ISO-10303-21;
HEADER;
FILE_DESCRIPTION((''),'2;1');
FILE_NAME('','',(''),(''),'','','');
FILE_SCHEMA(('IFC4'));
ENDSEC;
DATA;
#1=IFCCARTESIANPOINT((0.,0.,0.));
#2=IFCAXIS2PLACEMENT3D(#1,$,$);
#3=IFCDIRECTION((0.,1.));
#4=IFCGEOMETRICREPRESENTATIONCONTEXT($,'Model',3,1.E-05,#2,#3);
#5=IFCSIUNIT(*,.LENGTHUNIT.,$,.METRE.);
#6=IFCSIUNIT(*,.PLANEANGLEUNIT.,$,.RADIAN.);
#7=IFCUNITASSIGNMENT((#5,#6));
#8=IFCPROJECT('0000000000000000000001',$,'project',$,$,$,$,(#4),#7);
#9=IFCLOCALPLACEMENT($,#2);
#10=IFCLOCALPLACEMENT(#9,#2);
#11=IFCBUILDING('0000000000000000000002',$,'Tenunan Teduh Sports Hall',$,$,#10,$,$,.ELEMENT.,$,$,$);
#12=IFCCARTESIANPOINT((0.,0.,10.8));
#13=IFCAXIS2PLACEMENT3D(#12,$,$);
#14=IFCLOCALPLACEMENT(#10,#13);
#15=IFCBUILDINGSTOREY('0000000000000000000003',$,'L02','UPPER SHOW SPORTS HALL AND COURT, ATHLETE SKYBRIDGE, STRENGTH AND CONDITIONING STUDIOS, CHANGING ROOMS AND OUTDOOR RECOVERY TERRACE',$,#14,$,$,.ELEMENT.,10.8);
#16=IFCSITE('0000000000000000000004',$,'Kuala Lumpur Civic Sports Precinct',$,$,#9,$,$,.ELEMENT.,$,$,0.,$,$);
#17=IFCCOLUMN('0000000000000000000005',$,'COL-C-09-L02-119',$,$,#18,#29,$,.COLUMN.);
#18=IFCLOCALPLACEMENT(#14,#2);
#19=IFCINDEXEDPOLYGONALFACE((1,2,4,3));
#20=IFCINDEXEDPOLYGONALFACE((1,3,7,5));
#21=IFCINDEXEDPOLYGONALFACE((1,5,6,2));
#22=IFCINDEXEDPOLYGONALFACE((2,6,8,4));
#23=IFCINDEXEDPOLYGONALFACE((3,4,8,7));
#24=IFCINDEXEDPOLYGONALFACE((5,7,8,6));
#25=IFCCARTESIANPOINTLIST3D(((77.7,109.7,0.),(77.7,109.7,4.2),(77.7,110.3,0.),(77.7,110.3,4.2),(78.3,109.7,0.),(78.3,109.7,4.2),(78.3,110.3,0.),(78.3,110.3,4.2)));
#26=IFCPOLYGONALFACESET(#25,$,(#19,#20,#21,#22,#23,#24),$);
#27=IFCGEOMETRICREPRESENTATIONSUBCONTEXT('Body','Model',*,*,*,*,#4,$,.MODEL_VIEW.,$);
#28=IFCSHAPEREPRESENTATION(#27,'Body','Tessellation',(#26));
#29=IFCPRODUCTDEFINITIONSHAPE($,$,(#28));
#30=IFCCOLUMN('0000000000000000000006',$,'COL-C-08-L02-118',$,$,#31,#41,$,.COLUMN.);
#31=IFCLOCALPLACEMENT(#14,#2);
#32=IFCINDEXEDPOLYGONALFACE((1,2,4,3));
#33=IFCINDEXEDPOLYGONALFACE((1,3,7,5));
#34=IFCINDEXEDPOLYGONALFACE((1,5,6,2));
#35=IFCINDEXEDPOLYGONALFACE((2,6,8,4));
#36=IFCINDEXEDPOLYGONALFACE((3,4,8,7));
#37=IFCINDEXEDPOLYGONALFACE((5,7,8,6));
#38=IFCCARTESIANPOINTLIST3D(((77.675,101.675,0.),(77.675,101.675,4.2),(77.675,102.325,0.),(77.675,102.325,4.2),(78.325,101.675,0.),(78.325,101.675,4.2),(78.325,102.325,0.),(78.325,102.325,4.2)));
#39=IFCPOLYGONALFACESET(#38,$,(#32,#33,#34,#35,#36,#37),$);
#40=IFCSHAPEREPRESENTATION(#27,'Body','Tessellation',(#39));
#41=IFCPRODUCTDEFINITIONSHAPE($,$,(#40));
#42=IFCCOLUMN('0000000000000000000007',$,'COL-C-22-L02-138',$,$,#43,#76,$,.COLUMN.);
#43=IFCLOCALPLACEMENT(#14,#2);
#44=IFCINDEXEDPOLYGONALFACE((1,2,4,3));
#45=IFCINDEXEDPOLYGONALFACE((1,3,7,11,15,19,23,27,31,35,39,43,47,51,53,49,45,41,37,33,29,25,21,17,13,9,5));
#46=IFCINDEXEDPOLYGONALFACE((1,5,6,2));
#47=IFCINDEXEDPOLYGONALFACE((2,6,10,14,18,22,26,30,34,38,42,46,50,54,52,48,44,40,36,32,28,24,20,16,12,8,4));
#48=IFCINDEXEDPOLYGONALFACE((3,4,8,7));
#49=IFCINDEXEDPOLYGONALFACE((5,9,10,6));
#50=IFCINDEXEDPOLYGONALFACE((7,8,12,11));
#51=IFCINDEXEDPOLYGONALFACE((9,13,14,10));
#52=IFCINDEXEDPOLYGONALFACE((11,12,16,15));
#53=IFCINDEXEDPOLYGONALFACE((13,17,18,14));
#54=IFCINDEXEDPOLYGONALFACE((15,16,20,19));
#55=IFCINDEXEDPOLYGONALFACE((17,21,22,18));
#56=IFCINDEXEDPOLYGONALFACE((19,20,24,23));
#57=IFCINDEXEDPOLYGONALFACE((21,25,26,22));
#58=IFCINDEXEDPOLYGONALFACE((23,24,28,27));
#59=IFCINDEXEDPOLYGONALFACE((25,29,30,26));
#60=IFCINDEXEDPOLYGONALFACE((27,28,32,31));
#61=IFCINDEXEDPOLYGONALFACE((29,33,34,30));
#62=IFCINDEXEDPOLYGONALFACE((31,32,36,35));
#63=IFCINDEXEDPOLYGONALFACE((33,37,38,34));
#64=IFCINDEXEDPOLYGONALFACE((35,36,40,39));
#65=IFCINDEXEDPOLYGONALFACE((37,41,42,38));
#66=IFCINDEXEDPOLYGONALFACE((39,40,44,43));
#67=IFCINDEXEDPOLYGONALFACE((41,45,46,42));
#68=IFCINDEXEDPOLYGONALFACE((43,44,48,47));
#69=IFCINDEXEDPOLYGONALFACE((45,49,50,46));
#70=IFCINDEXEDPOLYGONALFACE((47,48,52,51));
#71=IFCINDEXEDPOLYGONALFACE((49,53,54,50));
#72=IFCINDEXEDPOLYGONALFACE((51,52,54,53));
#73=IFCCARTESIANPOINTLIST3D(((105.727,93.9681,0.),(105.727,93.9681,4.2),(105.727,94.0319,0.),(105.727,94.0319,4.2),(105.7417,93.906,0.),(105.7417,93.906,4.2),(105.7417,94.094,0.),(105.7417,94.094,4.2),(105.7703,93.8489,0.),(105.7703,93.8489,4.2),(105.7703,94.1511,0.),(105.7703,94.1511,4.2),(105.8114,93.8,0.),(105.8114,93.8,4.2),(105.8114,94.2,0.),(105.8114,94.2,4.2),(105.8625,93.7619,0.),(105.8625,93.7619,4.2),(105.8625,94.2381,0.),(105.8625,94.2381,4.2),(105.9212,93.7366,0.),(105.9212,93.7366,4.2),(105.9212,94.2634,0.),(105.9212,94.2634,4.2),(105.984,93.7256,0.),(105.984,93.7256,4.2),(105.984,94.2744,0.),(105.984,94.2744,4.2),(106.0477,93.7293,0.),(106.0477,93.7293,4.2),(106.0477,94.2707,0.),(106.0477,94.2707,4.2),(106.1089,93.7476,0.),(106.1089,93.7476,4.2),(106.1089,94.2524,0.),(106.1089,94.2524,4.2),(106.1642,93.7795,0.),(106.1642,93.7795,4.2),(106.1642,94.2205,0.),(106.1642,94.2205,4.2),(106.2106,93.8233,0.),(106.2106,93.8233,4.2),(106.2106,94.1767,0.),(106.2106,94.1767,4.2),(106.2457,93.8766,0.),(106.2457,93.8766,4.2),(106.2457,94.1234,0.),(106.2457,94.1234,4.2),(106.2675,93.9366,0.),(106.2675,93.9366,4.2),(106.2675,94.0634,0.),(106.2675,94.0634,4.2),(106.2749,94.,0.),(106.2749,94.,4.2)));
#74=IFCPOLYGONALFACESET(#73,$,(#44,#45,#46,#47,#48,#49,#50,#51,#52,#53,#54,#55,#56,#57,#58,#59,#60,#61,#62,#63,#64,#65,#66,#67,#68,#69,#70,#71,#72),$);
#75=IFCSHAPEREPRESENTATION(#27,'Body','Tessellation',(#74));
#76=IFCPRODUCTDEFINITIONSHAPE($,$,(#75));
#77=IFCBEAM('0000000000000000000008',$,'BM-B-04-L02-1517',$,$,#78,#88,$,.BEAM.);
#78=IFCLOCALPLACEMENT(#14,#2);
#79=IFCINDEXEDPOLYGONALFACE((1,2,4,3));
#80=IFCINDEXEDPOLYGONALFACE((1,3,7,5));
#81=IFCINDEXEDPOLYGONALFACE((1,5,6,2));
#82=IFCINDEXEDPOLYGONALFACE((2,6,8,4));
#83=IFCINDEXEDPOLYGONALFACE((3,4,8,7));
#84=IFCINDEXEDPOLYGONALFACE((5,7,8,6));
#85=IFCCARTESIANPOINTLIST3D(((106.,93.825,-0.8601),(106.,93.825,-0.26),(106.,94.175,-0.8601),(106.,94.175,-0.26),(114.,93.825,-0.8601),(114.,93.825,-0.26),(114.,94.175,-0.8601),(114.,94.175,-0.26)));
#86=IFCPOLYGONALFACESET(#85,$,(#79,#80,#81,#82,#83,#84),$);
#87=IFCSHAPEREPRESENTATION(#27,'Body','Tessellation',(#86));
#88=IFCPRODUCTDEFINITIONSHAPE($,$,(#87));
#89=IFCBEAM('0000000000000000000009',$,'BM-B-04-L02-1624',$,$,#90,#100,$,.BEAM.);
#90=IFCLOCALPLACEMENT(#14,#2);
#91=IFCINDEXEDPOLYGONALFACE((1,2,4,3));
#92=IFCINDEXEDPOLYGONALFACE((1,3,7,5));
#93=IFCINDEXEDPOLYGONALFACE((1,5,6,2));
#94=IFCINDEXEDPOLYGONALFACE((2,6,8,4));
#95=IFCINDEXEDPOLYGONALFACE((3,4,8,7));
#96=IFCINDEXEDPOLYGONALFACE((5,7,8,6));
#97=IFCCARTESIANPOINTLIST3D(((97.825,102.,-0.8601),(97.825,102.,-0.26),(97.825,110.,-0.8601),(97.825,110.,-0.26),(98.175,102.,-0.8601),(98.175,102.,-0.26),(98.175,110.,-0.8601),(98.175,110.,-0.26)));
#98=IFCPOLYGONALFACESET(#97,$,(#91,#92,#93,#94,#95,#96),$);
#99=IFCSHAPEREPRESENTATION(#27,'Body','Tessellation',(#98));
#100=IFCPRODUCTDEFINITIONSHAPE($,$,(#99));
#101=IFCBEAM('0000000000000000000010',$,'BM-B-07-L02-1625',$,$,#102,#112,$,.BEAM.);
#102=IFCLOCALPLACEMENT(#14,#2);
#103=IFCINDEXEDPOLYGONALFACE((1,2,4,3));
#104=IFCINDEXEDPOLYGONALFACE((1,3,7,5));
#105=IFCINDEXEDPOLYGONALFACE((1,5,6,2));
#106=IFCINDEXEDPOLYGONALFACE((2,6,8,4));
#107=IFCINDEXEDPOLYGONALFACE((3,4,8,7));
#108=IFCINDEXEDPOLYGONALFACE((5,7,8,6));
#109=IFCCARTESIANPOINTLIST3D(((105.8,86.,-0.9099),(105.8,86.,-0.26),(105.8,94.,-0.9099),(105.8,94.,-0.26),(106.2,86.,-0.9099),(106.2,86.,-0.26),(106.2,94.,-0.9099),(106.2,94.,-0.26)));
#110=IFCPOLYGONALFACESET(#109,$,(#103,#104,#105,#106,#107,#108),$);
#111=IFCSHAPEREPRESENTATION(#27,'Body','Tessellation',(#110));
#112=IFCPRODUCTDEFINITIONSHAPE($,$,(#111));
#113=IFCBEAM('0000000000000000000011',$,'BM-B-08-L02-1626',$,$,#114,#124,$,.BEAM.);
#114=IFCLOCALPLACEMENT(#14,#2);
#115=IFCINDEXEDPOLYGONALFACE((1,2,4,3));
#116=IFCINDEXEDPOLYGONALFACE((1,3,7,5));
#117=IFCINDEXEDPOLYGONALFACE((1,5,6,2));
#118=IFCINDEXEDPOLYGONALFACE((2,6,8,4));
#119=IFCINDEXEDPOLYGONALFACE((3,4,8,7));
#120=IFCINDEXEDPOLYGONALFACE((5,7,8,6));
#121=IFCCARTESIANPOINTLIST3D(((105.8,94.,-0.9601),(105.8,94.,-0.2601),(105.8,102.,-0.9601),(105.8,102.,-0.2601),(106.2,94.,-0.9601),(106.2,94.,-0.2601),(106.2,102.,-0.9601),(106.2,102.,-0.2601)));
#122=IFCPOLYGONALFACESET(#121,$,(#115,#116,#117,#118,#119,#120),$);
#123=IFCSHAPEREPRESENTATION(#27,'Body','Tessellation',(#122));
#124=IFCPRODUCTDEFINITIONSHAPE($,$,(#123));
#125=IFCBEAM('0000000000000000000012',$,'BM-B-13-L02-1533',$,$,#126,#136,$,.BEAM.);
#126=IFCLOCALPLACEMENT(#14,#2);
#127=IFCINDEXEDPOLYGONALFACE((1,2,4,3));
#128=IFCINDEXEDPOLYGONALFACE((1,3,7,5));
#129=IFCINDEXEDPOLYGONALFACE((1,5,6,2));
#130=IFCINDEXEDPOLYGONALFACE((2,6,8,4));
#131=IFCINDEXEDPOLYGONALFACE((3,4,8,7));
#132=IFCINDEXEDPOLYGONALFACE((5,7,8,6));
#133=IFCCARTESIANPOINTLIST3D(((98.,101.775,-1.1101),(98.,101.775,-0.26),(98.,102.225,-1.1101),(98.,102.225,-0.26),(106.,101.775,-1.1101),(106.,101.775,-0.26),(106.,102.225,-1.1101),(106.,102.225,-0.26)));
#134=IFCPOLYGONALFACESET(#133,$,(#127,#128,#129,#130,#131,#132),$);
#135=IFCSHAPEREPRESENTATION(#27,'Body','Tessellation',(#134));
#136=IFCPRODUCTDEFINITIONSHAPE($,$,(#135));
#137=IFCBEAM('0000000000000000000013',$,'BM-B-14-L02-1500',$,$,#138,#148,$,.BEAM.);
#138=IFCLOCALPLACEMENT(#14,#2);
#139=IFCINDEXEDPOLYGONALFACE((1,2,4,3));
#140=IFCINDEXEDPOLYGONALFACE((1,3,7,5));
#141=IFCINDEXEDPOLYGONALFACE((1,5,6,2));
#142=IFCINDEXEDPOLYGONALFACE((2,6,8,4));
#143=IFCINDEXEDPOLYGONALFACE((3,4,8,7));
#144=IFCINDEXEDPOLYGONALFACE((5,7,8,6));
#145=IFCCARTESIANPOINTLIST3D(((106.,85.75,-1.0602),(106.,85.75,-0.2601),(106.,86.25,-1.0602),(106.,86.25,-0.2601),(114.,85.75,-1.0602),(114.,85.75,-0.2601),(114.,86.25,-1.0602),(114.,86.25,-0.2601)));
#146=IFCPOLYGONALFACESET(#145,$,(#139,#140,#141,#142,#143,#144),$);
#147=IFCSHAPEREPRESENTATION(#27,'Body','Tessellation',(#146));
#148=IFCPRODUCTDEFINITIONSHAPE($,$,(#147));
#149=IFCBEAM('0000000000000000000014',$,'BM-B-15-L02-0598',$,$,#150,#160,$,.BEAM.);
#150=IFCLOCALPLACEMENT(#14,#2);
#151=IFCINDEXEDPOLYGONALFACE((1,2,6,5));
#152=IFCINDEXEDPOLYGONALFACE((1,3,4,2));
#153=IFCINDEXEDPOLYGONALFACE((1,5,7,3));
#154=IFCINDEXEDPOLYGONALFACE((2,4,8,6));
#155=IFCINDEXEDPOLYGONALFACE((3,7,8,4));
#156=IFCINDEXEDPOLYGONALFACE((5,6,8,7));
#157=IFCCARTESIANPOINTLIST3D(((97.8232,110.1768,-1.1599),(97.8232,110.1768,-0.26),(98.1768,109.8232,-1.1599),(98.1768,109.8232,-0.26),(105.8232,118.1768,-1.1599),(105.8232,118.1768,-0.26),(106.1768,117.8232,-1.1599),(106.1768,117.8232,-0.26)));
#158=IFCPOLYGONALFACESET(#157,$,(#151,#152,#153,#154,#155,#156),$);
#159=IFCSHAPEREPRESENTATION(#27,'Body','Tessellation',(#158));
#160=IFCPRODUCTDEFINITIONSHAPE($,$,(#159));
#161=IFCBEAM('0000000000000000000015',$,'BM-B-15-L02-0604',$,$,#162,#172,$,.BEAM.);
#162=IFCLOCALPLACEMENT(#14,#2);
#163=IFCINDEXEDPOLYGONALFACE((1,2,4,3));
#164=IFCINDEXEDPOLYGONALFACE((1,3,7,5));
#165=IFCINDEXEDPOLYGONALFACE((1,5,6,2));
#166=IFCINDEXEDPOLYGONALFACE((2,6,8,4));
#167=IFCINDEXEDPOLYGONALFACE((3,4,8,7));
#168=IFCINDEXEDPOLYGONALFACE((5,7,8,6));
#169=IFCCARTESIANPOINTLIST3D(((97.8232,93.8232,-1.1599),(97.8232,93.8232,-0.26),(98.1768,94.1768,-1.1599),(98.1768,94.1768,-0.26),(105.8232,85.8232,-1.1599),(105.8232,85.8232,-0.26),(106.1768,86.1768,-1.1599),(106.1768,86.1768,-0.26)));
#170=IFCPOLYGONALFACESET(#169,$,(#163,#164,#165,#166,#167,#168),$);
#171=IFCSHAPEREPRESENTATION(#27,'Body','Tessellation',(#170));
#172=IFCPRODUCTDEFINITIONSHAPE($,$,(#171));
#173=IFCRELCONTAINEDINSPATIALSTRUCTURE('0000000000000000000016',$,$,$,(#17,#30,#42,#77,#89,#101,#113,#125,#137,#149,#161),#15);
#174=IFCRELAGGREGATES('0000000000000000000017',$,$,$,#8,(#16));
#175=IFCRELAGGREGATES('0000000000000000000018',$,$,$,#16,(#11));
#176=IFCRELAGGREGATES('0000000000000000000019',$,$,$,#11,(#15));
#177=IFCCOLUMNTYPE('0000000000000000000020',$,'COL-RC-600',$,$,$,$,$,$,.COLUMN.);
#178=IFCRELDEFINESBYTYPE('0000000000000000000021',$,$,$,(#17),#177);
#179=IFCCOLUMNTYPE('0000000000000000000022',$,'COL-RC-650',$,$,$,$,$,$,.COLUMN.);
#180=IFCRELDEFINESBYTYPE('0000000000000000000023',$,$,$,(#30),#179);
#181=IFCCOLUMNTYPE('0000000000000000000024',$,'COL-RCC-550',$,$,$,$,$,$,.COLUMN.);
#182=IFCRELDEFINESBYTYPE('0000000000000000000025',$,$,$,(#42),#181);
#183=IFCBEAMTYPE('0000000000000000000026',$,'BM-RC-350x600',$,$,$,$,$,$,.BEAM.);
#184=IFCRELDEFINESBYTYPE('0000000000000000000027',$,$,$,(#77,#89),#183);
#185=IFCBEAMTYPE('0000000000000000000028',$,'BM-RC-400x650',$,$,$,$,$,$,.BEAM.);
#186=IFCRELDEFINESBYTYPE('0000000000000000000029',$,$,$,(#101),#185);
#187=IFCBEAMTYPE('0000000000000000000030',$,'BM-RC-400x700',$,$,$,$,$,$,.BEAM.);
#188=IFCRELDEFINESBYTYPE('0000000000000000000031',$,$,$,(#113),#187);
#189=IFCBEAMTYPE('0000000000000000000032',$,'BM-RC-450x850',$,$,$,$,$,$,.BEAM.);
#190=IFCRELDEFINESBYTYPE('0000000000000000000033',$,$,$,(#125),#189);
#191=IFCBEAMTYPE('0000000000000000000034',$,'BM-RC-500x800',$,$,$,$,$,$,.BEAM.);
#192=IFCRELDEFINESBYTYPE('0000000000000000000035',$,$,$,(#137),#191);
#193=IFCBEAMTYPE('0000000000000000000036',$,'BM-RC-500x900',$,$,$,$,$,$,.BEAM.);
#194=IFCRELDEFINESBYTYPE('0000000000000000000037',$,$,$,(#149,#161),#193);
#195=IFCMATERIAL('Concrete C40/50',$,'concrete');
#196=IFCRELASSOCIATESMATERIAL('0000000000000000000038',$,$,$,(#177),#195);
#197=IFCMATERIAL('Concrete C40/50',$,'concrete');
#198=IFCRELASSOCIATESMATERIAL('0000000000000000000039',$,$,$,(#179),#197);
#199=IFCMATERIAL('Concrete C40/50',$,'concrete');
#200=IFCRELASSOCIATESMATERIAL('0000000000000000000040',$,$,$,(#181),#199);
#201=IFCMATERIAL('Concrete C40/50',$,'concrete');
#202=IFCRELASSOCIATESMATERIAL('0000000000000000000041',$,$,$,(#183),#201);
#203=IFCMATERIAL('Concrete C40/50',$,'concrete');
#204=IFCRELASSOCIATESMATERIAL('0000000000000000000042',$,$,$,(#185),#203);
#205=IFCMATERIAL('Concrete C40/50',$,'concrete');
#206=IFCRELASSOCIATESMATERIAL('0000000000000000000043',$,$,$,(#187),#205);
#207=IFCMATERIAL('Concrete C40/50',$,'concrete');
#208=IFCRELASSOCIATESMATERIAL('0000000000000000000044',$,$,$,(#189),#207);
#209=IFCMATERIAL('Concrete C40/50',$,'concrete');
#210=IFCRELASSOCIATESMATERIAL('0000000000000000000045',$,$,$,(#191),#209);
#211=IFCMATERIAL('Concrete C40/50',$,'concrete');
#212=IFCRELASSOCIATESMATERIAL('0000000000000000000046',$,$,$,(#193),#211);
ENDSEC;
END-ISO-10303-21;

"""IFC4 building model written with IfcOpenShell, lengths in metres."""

from ifc_helpers import new_model, si_unit, direction, frame, origin, origin_2d, place, context, subcontext, project, spatial, rectangle, circle, extrude, material, material_profile, profile_set, type_object, element, save


model = new_model("IFC4")

# Units and contexts
model_context = context("Model", 3, precision=1e-05, world=origin(), true_north=direction((0.0, 1.0)))
body_context = subcontext(model_context, "Body", "Model", "MODEL_VIEW")
ifc_project = project(units=[si_unit("LENGTHUNIT", "METRE"), si_unit("PLANEANGLEUNIT", "RADIAN")], contexts=[model_context])

# Site, building, storey
site_placement = place(None, origin())
site = spatial("IfcSite", under=ifc_project, at=site_placement, Name="Kuala Lumpur Civic Sports Precinct", CompositionType="ELEMENT", RefElevation=0.0)
building_placement = place(site_placement, origin())
building = spatial("IfcBuilding", under=site, at=building_placement, Name="Tenunan Teduh Sports Hall", CompositionType="ELEMENT")
storey_placement = place(building_placement, frame((0.0, 0.0, 10.8)))
storey = spatial("IfcBuildingStorey", under=building, at=storey_placement, Name="L02", Description="UPPER SHOW SPORTS HALL AND COURT, ATHLETE SKYBRIDGE, STRENGTH AND CONDITIONING STUDIOS, CHANGING ROOMS AND OUTDOOR RECOVERY TERRACE", CompositionType="ELEMENT", Elevation=10.8)

# Columns
ifc_material_1 = material(Name="Concrete C40/50", Category="concrete")
ifc_material_profile_1 = material_profile(ifc_material_1, rectangle(XDim=0.6001, YDim=0.6001, at=origin_2d()), Name="RC 600x600")
ifc_profile_set_1 = profile_set([ifc_material_profile_1], Name="Concrete C40/50")
column_type_1 = type_object("IfcColumnType", Name="COL-RC-600", PredefinedType="COLUMN", material=ifc_profile_set_1)
column_1_placement = place(storey_placement, frame((78.0, 110.0, 0.0), z_axis=(0.0, 0.0, 1.0), x_axis=(1.0, 0.0, 0.0)))
element("IfcColumn", 1, at=column_1_placement, inside=storey, type_object=column_type_1, Name="COL-C-09-L02-119", PredefinedType="COLUMN", context=body_context, shape_type="SweptSolid", body=[
    extrude(rectangle(XDim=0.6001, YDim=0.6001, at=origin_2d()), origin(), (0.0, 0.0, 1.0), 4.2),
])
ifc_material_2 = material(Name="Concrete C40/50", Category="concrete")
ifc_material_profile_2 = material_profile(ifc_material_2, rectangle(XDim=0.6499, YDim=0.6499, at=origin_2d()), Name="RC 650x650")
ifc_profile_set_2 = profile_set([ifc_material_profile_2], Name="Concrete C40/50")
column_type_2 = type_object("IfcColumnType", Name="COL-RC-650", PredefinedType="COLUMN", material=ifc_profile_set_2)
column_2_placement = place(storey_placement, frame((78.0, 102.0, 0.0), z_axis=(0.0, 0.0, 1.0), x_axis=(1.0, 0.0, 0.0)))
element("IfcColumn", 2, at=column_2_placement, inside=storey, type_object=column_type_2, Name="COL-C-08-L02-118", PredefinedType="COLUMN", context=body_context, shape_type="SweptSolid", body=[
    extrude(rectangle(XDim=0.6499, YDim=0.6499, at=origin_2d()), origin(), (0.0, 0.0, 1.0), 4.2),
])
ifc_material_3 = material(Name="Concrete C40/50", Category="concrete")
ifc_material_profile_3 = material_profile(ifc_material_3, circle(Radius=0.2749, at=origin_2d()), Name="RCC D550")
ifc_profile_set_3 = profile_set([ifc_material_profile_3], Name="Concrete C40/50")
column_type_3 = type_object("IfcColumnType", Name="COL-RCC-550", PredefinedType="COLUMN", material=ifc_profile_set_3)
column_3_placement = place(storey_placement, frame((106.0, 94.0, 0.0), z_axis=(0.0, 0.0, 1.0), x_axis=(1.0, 0.0, 0.0)))
element("IfcColumn", 3, at=column_3_placement, inside=storey, type_object=column_type_3, Name="COL-C-22-L02-138", PredefinedType="COLUMN", context=body_context, shape_type="SweptSolid", body=[
    extrude(circle(Radius=0.2749, at=origin_2d()), origin(), (0.0, 0.0, 1.0), 4.2),
])

# Beams
ifc_material_4 = material(Name="Concrete C40/50", Category="concrete")
ifc_material_profile_4 = material_profile(ifc_material_4, rectangle(XDim=0.3501, YDim=0.6001, at=origin_2d()), Name="RCB 350x600")
ifc_profile_set_4 = profile_set([ifc_material_profile_4], Name="Concrete C40/50")
beam_type_1 = type_object("IfcBeamType", Name="BM-RC-350x600", PredefinedType="BEAM", material=ifc_profile_set_4)
for number, where, z_axis, x_axis, name in (
    (4, (106.0, 94.0, -0.5601), (1.0, 0.0, 0.0), (0.0, 1.0, 0.0), "BM-B-04-L02-1517"),
    (5, (98.0, 102.0, -0.5601), (0.0, 1.0, 0.0), (-1.0, 0.0, 0.0), "BM-B-04-L02-1624"),
):
    element("IfcBeam", number, at=place(storey_placement, frame(where, z_axis=z_axis, x_axis=x_axis)), inside=storey, type_object=beam_type_1, Name=name, PredefinedType="BEAM", context=body_context, shape_type="SweptSolid", body=[
        extrude(rectangle(XDim=0.3501, YDim=0.6001, at=origin_2d()), origin(), (0.0, 0.0, 1.0), 8.0),
    ])
ifc_material_5 = material(Name="Concrete C40/50", Category="concrete")
ifc_material_profile_5 = material_profile(ifc_material_5, rectangle(XDim=0.3999, YDim=0.6499, at=origin_2d()), Name="RCB 400x650")
ifc_profile_set_5 = profile_set([ifc_material_profile_5], Name="Concrete C40/50")
beam_type_2 = type_object("IfcBeamType", Name="BM-RC-400x650", PredefinedType="BEAM", material=ifc_profile_set_5)
beam_1_placement = place(storey_placement, frame((106.0, 86.0, -0.585), z_axis=(0.0, 1.0, 0.0), x_axis=(-1.0, 0.0, 0.0)))
element("IfcBeam", 6, at=beam_1_placement, inside=storey, type_object=beam_type_2, Name="BM-B-07-L02-1625", PredefinedType="BEAM", context=body_context, shape_type="SweptSolid", body=[
    extrude(rectangle(XDim=0.3999, YDim=0.6499, at=origin_2d()), origin(), (0.0, 0.0, 1.0), 8.0),
])
ifc_material_6 = material(Name="Concrete C40/50", Category="concrete")
ifc_material_profile_6 = material_profile(ifc_material_6, rectangle(XDim=0.3999, YDim=0.7, at=origin_2d()), Name="RCB 400x700")
ifc_profile_set_6 = profile_set([ifc_material_profile_6], Name="Concrete C40/50")
beam_type_3 = type_object("IfcBeamType", Name="BM-RC-400x700", PredefinedType="BEAM", material=ifc_profile_set_6)
beam_2_placement = place(storey_placement, frame((106.0, 94.0, -0.6101), z_axis=(0.0, 1.0, 0.0), x_axis=(-1.0, 0.0, 0.0)))
element("IfcBeam", 7, at=beam_2_placement, inside=storey, type_object=beam_type_3, Name="BM-B-08-L02-1626", PredefinedType="BEAM", context=body_context, shape_type="SweptSolid", body=[
    extrude(rectangle(XDim=0.3999, YDim=0.7, at=origin_2d()), origin(), (0.0, 0.0, 1.0), 8.0),
])
ifc_material_7 = material(Name="Concrete C40/50", Category="concrete")
ifc_material_profile_7 = material_profile(ifc_material_7, rectangle(XDim=0.45, YDim=0.8501, at=origin_2d()), Name="RCB 450x850")
ifc_profile_set_7 = profile_set([ifc_material_profile_7], Name="Concrete C40/50")
beam_type_4 = type_object("IfcBeamType", Name="BM-RC-450x850", PredefinedType="BEAM", material=ifc_profile_set_7)
beam_3_placement = place(storey_placement, frame((98.0, 102.0, -0.6851), z_axis=(1.0, 0.0, 0.0), x_axis=(0.0, 1.0, 0.0)))
element("IfcBeam", 8, at=beam_3_placement, inside=storey, type_object=beam_type_4, Name="BM-B-13-L02-1533", PredefinedType="BEAM", context=body_context, shape_type="SweptSolid", body=[
    extrude(rectangle(XDim=0.45, YDim=0.8501, at=origin_2d()), origin(), (0.0, 0.0, 1.0), 8.0),
])
ifc_material_8 = material(Name="Concrete C40/50", Category="concrete")
ifc_material_profile_8 = material_profile(ifc_material_8, rectangle(XDim=0.5, YDim=0.8, at=origin_2d()), Name="RCB 500x800")
ifc_profile_set_8 = profile_set([ifc_material_profile_8], Name="Concrete C40/50")
beam_type_5 = type_object("IfcBeamType", Name="BM-RC-500x800", PredefinedType="BEAM", material=ifc_profile_set_8)
beam_4_placement = place(storey_placement, frame((106.0, 86.0, -0.6602), z_axis=(1.0, 0.0, 0.0), x_axis=(0.0, 1.0, 0.0)))
element("IfcBeam", 9, at=beam_4_placement, inside=storey, type_object=beam_type_5, Name="BM-B-14-L02-1500", PredefinedType="BEAM", context=body_context, shape_type="SweptSolid", body=[
    extrude(rectangle(XDim=0.5, YDim=0.8, at=origin_2d()), origin(), (0.0, 0.0, 1.0), 8.0),
])
ifc_material_9 = material(Name="Concrete C40/50", Category="concrete")
ifc_material_profile_9 = material_profile(ifc_material_9, rectangle(XDim=0.5, YDim=0.8999, at=origin_2d()), Name="RCB 500x900")
ifc_profile_set_9 = profile_set([ifc_material_profile_9], Name="Concrete C40/50")
beam_type_6 = type_object("IfcBeamType", Name="BM-RC-500x900", PredefinedType="BEAM", material=ifc_profile_set_9)
for number, where, z_axis, x_axis, name in (
    (10, (98.0, 110.0, -0.71), (0.707107, 0.707107, 0.0), (-0.707107, 0.707107, 0.0), "BM-B-15-L02-0598"),
    (11, (98.0, 94.0, -0.71), (0.707107, -0.707107, 0.0), (0.707107, 0.707107, 0.0), "BM-B-15-L02-0604"),
):
    element("IfcBeam", number, at=place(storey_placement, frame(where, z_axis=z_axis, x_axis=x_axis)), inside=storey, type_object=beam_type_6, Name=name, PredefinedType="BEAM", context=body_context, shape_type="SweptSolid", body=[
        extrude(rectangle(XDim=0.5, YDim=0.8999, at=origin_2d()), origin(), (0.0, 0.0, 1.0), 11.3137),
    ])

save(model, "model.ifc")
